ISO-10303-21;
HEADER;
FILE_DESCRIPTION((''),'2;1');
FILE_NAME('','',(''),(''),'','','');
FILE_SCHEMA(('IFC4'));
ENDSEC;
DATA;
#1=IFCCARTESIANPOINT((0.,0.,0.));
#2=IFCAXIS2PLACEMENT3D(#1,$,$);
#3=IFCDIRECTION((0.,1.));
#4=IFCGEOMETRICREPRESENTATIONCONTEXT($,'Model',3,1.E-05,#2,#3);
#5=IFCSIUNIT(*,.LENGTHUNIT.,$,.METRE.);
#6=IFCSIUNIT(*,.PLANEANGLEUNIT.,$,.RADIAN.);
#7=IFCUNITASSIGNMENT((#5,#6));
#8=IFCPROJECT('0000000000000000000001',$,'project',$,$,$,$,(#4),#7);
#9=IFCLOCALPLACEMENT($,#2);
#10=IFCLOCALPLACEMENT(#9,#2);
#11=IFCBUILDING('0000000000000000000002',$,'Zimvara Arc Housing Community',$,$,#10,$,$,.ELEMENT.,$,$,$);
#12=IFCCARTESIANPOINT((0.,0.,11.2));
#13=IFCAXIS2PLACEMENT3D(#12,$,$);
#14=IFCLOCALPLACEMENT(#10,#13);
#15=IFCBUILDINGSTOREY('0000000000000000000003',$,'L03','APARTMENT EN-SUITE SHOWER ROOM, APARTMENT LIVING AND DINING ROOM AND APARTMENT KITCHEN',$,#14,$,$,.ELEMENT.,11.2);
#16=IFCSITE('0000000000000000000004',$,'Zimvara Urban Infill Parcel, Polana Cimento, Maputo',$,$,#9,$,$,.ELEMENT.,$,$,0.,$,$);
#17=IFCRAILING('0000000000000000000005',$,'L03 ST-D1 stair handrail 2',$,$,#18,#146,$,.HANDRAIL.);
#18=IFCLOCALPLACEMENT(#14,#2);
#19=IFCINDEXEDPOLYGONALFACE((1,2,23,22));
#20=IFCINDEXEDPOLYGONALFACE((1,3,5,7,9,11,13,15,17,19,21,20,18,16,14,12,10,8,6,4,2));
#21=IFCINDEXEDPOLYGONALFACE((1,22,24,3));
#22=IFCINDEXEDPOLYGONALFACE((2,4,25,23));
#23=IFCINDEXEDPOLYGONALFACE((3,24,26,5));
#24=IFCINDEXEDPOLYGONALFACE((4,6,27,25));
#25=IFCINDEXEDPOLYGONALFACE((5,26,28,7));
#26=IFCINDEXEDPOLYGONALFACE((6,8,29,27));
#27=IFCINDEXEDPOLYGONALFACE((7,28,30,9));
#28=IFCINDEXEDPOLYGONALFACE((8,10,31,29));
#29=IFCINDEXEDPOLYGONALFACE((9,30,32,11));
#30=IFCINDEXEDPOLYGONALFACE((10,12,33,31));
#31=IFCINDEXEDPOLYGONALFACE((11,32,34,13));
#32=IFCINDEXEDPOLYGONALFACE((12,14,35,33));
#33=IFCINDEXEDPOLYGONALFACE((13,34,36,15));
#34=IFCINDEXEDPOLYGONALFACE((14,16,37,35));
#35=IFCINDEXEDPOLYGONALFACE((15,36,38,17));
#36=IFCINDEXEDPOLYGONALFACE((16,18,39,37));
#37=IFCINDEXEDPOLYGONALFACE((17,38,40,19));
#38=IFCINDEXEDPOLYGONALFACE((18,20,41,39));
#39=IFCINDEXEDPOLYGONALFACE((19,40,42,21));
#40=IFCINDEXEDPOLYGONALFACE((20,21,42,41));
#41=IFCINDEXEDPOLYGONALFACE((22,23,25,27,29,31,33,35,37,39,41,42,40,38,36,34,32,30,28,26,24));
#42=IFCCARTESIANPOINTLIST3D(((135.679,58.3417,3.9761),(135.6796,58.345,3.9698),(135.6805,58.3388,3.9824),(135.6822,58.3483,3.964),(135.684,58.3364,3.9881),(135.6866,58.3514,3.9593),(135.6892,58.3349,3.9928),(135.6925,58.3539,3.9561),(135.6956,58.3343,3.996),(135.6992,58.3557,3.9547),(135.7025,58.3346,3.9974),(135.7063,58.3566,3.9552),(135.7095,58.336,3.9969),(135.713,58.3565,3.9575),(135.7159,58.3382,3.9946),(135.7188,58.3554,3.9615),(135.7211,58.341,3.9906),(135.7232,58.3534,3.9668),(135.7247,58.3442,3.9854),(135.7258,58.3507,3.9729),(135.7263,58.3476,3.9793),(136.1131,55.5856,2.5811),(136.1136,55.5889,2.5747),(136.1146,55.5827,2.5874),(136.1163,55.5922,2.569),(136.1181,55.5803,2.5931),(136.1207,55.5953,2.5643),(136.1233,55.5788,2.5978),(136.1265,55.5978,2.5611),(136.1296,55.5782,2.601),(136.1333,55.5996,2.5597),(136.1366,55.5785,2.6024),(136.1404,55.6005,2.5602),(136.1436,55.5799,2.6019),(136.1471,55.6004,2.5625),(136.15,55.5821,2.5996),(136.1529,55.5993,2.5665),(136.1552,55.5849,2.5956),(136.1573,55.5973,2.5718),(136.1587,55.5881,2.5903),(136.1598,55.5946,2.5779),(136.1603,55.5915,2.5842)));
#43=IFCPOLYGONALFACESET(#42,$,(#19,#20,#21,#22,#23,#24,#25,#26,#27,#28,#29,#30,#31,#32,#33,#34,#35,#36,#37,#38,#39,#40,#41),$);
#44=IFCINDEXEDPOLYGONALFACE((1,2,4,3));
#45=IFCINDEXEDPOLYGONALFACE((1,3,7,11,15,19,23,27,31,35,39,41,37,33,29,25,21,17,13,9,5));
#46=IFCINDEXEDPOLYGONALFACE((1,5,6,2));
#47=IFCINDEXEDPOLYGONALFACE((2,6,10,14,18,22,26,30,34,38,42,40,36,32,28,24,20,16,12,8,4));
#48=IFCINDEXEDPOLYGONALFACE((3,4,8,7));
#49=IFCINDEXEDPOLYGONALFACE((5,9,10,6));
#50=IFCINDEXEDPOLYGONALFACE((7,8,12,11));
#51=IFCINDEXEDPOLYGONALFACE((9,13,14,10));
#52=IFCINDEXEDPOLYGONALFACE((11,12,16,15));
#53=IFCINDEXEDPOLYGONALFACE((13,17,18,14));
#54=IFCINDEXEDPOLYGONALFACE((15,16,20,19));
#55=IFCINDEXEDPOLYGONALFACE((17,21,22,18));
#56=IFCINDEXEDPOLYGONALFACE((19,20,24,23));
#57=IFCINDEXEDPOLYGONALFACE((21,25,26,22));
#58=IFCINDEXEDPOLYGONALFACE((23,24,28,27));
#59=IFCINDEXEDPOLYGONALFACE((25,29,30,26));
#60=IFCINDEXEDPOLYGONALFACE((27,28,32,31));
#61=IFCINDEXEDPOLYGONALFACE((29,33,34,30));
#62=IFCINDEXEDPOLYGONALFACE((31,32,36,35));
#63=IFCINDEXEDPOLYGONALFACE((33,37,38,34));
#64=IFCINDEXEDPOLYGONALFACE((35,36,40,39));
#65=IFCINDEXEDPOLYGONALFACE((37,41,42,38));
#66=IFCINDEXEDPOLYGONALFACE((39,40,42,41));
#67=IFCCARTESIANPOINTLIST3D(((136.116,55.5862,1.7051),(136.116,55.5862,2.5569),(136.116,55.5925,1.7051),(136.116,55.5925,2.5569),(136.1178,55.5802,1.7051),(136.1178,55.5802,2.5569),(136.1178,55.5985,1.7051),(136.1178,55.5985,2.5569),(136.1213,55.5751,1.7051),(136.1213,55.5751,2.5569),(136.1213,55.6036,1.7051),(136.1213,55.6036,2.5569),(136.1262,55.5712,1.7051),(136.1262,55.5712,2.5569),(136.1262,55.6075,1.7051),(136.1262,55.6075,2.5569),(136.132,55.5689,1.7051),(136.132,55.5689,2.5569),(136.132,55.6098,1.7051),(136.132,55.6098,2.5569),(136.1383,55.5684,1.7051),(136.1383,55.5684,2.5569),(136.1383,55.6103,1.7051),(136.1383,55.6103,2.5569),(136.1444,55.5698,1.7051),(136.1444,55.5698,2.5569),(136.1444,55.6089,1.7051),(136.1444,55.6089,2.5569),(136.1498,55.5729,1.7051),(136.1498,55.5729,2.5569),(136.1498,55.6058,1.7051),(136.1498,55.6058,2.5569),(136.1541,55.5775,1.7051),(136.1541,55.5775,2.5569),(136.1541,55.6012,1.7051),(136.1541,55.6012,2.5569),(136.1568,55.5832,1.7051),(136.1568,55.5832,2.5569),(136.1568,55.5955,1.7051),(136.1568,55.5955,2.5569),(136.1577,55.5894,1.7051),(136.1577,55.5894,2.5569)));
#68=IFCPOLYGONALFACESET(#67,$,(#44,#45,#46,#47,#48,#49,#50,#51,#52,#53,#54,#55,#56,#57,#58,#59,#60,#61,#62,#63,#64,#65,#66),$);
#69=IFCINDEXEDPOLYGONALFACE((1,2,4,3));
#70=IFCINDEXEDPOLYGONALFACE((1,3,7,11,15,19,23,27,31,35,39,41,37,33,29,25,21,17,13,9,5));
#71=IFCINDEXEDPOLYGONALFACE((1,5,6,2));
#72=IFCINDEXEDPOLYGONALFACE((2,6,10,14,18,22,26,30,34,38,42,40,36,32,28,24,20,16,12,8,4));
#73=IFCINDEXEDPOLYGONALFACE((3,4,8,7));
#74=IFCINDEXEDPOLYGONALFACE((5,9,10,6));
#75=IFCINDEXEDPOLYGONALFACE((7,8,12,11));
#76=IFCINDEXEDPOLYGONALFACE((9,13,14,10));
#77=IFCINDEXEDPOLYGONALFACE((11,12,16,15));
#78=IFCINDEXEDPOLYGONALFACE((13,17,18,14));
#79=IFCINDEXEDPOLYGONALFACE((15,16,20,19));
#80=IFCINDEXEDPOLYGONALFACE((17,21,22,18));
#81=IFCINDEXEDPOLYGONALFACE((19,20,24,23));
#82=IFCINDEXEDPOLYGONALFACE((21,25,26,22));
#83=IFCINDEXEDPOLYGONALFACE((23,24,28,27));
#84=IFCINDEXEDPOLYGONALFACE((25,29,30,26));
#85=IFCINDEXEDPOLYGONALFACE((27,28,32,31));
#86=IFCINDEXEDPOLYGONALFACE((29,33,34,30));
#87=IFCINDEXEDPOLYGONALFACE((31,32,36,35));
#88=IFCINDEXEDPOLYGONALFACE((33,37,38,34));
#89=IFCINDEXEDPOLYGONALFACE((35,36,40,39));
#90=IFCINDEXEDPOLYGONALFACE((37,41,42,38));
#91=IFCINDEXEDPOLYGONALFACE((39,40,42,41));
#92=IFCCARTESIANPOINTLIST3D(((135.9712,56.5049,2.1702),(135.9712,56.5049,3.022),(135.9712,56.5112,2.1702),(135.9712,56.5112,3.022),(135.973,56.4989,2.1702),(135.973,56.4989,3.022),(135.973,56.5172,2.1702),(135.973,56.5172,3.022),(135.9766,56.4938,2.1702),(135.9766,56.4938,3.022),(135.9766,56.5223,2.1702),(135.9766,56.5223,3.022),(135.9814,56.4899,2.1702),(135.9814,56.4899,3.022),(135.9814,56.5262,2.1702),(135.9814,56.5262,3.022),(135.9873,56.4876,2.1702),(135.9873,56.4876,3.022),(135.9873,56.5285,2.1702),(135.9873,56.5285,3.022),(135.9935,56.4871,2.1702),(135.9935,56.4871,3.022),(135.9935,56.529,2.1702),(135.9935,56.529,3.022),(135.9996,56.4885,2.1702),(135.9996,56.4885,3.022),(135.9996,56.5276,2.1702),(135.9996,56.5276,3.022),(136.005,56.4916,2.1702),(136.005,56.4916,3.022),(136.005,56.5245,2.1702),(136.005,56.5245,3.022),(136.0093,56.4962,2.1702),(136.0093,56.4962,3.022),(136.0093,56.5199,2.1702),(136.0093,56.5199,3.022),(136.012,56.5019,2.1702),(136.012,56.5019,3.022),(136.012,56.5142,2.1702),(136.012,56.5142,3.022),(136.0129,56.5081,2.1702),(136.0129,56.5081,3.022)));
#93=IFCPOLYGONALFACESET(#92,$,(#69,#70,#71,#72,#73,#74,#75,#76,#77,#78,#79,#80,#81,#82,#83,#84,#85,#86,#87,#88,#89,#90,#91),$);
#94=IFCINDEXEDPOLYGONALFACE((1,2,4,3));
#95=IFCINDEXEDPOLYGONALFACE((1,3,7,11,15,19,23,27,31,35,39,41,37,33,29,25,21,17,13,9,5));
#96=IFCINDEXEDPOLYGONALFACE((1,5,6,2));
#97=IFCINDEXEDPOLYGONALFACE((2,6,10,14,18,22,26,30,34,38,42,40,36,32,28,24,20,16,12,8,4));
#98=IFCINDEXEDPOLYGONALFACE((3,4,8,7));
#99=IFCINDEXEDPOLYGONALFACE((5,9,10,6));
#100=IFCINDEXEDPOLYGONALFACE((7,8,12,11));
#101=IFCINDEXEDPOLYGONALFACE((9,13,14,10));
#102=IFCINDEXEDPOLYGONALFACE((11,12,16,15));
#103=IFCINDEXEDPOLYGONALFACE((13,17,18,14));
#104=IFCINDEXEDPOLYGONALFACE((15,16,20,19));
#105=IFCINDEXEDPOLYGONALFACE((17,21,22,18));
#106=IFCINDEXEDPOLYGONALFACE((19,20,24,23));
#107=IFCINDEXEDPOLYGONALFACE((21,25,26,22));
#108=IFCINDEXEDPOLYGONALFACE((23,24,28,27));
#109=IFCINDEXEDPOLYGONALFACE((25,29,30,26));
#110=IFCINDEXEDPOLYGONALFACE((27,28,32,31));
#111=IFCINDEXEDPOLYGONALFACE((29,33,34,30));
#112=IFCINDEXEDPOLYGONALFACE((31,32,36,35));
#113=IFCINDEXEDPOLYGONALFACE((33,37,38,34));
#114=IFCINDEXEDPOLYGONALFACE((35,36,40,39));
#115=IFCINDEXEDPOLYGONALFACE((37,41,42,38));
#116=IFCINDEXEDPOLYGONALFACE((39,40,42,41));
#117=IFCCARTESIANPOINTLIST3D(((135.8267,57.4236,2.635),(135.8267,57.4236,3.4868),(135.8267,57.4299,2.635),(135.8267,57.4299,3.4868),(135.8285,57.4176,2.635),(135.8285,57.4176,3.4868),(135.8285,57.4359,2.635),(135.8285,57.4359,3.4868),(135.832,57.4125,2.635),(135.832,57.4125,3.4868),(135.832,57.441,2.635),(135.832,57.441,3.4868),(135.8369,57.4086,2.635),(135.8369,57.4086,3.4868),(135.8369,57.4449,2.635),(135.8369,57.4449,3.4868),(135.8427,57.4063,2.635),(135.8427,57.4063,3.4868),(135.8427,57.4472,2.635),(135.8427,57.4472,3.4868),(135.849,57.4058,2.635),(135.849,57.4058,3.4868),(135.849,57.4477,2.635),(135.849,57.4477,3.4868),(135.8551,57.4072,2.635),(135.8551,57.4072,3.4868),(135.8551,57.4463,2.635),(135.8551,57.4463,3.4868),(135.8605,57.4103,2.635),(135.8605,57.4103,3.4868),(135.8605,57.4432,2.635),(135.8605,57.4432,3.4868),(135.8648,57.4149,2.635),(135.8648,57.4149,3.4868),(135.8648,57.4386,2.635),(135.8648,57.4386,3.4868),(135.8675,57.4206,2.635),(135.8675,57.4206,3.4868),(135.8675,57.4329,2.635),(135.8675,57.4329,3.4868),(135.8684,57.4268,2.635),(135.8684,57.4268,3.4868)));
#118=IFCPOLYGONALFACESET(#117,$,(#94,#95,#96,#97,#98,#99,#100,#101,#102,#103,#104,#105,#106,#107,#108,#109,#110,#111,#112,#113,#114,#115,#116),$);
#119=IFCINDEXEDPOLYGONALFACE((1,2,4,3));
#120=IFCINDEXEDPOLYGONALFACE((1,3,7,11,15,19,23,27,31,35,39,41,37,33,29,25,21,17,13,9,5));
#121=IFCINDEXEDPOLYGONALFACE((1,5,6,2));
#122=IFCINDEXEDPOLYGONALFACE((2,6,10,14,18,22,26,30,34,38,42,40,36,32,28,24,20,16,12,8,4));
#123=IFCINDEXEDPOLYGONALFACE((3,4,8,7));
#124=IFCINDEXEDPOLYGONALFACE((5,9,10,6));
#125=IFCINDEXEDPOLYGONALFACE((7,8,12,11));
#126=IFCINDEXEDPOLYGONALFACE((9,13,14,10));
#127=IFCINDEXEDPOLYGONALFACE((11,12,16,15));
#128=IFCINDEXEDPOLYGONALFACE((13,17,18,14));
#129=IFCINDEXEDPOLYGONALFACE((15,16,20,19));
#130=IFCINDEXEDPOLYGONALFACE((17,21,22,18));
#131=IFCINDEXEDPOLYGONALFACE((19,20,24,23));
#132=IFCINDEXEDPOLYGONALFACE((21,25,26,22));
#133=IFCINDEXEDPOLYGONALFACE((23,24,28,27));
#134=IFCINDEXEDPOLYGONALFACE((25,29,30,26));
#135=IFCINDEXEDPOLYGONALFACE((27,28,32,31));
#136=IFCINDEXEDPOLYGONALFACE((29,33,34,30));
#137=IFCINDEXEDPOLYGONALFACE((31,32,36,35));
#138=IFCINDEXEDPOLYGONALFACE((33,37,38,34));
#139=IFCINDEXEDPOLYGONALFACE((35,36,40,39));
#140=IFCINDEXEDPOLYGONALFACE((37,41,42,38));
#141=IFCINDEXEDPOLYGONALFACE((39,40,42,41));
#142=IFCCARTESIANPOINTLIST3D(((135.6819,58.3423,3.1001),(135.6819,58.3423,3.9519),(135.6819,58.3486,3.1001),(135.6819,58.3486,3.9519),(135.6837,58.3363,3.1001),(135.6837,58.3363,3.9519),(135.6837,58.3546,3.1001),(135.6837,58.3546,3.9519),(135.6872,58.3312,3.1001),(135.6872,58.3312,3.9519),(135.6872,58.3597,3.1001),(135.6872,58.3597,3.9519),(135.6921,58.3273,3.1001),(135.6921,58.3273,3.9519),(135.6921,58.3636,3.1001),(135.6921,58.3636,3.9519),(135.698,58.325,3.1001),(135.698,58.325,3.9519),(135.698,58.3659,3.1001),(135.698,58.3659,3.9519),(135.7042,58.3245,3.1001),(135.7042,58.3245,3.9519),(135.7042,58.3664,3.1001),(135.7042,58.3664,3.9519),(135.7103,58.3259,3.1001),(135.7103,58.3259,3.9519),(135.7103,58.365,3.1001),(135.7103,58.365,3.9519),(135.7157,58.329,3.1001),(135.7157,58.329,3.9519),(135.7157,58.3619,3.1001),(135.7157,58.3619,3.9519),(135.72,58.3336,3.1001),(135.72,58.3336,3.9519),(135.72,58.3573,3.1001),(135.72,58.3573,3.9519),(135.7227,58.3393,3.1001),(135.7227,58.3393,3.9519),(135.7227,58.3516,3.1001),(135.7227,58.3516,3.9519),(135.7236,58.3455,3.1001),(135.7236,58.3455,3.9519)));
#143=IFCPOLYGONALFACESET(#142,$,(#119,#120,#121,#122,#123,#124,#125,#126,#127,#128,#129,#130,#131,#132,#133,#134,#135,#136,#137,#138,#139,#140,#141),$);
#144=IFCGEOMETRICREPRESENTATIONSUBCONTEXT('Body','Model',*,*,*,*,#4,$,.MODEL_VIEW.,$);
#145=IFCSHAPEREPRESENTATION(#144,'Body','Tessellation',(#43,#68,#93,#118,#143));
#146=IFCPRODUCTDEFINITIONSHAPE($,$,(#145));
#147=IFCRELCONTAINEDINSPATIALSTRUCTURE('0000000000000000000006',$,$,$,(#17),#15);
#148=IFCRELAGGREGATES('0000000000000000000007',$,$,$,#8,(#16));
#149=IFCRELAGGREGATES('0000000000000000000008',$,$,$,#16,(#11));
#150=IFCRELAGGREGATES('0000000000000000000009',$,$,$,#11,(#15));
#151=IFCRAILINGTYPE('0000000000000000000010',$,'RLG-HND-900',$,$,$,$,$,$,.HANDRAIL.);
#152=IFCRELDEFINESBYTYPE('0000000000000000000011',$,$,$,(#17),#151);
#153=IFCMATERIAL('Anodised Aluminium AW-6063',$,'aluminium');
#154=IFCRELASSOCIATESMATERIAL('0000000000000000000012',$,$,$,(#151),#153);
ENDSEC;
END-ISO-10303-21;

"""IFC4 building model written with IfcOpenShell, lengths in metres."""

from ifc_helpers import new_model, si_unit, direction, frame, origin, origin_2d, place, context, subcontext, project, spatial, circle, extrude, material, type_object, element, save


model = new_model("IFC4")

# Units and contexts
model_context = context("Model", 3, precision=1e-05, world=origin(), true_north=direction((0.0, 1.0)))
body_context = subcontext(model_context, "Body", "Model", "MODEL_VIEW")
ifc_project = project(units=[si_unit("LENGTHUNIT", "METRE"), si_unit("PLANEANGLEUNIT", "RADIAN")], contexts=[model_context])

# Site, building, storey
site_placement = place(None, origin())
site = spatial("IfcSite", under=ifc_project, at=site_placement, Name="Zimvara Urban Infill Parcel, Polana Cimento, Maputo", CompositionType="ELEMENT", RefElevation=0.0)
building_placement = place(site_placement, origin())
building = spatial("IfcBuilding", under=site, at=building_placement, Name="Zimvara Arc Housing Community", CompositionType="ELEMENT")
storey_placement = place(building_placement, frame((0.0, 0.0, 11.2)))
storey = spatial("IfcBuildingStorey", under=building, at=storey_placement, Name="L03", Description="APARTMENT EN-SUITE SHOWER ROOM, APARTMENT LIVING AND DINING ROOM AND APARTMENT KITCHEN", CompositionType="ELEMENT", Elevation=11.2)

# Railing
ifc_material_1 = material(Name="Anodised Aluminium AW-6063", Category="aluminium")
railing_type_1 = type_object("IfcRailingType", Name="RLG-HND-900", PredefinedType="HANDRAIL", material=ifc_material_1)
railing_1_placement = place(storey_placement, frame((136.1367, 55.5894, 1.7051)))
element("IfcRailing", 1, at=railing_1_placement, inside=storey, type_object=railing_type_1, Name="L03 ST-D1 stair handrail 2", PredefinedType="HANDRAIL", context=body_context, shape_type="SweptSolid", body=[
    extrude(circle(Radius=0.0239, at=origin_2d()), frame((0.0, 0.0, 0.876), z_axis=(-0.139156, 0.883538, 0.447209), x_axis=(-0.987823, -0.155581, 0.0)), (0.0, 0.0, 1.0), 3.1194),
    extrude(circle(Radius=0.021, at=origin_2d()), origin(), (0.0, 0.0, 1.0), 0.8518),
    extrude(circle(Radius=0.021, at=origin_2d()), frame((-0.1448, 0.9187, 0.4651)), (0.0, 0.0, 1.0), 0.8518),
    extrude(circle(Radius=0.021, at=origin_2d()), frame((-0.2893, 1.8374, 0.9299)), (0.0, 0.0, 1.0), 0.8518),
    extrude(circle(Radius=0.021, at=origin_2d()), frame((-0.4341, 2.7561, 1.395)), (0.0, 0.0, 1.0), 0.8518),
])

save(model, "model.ifc")
